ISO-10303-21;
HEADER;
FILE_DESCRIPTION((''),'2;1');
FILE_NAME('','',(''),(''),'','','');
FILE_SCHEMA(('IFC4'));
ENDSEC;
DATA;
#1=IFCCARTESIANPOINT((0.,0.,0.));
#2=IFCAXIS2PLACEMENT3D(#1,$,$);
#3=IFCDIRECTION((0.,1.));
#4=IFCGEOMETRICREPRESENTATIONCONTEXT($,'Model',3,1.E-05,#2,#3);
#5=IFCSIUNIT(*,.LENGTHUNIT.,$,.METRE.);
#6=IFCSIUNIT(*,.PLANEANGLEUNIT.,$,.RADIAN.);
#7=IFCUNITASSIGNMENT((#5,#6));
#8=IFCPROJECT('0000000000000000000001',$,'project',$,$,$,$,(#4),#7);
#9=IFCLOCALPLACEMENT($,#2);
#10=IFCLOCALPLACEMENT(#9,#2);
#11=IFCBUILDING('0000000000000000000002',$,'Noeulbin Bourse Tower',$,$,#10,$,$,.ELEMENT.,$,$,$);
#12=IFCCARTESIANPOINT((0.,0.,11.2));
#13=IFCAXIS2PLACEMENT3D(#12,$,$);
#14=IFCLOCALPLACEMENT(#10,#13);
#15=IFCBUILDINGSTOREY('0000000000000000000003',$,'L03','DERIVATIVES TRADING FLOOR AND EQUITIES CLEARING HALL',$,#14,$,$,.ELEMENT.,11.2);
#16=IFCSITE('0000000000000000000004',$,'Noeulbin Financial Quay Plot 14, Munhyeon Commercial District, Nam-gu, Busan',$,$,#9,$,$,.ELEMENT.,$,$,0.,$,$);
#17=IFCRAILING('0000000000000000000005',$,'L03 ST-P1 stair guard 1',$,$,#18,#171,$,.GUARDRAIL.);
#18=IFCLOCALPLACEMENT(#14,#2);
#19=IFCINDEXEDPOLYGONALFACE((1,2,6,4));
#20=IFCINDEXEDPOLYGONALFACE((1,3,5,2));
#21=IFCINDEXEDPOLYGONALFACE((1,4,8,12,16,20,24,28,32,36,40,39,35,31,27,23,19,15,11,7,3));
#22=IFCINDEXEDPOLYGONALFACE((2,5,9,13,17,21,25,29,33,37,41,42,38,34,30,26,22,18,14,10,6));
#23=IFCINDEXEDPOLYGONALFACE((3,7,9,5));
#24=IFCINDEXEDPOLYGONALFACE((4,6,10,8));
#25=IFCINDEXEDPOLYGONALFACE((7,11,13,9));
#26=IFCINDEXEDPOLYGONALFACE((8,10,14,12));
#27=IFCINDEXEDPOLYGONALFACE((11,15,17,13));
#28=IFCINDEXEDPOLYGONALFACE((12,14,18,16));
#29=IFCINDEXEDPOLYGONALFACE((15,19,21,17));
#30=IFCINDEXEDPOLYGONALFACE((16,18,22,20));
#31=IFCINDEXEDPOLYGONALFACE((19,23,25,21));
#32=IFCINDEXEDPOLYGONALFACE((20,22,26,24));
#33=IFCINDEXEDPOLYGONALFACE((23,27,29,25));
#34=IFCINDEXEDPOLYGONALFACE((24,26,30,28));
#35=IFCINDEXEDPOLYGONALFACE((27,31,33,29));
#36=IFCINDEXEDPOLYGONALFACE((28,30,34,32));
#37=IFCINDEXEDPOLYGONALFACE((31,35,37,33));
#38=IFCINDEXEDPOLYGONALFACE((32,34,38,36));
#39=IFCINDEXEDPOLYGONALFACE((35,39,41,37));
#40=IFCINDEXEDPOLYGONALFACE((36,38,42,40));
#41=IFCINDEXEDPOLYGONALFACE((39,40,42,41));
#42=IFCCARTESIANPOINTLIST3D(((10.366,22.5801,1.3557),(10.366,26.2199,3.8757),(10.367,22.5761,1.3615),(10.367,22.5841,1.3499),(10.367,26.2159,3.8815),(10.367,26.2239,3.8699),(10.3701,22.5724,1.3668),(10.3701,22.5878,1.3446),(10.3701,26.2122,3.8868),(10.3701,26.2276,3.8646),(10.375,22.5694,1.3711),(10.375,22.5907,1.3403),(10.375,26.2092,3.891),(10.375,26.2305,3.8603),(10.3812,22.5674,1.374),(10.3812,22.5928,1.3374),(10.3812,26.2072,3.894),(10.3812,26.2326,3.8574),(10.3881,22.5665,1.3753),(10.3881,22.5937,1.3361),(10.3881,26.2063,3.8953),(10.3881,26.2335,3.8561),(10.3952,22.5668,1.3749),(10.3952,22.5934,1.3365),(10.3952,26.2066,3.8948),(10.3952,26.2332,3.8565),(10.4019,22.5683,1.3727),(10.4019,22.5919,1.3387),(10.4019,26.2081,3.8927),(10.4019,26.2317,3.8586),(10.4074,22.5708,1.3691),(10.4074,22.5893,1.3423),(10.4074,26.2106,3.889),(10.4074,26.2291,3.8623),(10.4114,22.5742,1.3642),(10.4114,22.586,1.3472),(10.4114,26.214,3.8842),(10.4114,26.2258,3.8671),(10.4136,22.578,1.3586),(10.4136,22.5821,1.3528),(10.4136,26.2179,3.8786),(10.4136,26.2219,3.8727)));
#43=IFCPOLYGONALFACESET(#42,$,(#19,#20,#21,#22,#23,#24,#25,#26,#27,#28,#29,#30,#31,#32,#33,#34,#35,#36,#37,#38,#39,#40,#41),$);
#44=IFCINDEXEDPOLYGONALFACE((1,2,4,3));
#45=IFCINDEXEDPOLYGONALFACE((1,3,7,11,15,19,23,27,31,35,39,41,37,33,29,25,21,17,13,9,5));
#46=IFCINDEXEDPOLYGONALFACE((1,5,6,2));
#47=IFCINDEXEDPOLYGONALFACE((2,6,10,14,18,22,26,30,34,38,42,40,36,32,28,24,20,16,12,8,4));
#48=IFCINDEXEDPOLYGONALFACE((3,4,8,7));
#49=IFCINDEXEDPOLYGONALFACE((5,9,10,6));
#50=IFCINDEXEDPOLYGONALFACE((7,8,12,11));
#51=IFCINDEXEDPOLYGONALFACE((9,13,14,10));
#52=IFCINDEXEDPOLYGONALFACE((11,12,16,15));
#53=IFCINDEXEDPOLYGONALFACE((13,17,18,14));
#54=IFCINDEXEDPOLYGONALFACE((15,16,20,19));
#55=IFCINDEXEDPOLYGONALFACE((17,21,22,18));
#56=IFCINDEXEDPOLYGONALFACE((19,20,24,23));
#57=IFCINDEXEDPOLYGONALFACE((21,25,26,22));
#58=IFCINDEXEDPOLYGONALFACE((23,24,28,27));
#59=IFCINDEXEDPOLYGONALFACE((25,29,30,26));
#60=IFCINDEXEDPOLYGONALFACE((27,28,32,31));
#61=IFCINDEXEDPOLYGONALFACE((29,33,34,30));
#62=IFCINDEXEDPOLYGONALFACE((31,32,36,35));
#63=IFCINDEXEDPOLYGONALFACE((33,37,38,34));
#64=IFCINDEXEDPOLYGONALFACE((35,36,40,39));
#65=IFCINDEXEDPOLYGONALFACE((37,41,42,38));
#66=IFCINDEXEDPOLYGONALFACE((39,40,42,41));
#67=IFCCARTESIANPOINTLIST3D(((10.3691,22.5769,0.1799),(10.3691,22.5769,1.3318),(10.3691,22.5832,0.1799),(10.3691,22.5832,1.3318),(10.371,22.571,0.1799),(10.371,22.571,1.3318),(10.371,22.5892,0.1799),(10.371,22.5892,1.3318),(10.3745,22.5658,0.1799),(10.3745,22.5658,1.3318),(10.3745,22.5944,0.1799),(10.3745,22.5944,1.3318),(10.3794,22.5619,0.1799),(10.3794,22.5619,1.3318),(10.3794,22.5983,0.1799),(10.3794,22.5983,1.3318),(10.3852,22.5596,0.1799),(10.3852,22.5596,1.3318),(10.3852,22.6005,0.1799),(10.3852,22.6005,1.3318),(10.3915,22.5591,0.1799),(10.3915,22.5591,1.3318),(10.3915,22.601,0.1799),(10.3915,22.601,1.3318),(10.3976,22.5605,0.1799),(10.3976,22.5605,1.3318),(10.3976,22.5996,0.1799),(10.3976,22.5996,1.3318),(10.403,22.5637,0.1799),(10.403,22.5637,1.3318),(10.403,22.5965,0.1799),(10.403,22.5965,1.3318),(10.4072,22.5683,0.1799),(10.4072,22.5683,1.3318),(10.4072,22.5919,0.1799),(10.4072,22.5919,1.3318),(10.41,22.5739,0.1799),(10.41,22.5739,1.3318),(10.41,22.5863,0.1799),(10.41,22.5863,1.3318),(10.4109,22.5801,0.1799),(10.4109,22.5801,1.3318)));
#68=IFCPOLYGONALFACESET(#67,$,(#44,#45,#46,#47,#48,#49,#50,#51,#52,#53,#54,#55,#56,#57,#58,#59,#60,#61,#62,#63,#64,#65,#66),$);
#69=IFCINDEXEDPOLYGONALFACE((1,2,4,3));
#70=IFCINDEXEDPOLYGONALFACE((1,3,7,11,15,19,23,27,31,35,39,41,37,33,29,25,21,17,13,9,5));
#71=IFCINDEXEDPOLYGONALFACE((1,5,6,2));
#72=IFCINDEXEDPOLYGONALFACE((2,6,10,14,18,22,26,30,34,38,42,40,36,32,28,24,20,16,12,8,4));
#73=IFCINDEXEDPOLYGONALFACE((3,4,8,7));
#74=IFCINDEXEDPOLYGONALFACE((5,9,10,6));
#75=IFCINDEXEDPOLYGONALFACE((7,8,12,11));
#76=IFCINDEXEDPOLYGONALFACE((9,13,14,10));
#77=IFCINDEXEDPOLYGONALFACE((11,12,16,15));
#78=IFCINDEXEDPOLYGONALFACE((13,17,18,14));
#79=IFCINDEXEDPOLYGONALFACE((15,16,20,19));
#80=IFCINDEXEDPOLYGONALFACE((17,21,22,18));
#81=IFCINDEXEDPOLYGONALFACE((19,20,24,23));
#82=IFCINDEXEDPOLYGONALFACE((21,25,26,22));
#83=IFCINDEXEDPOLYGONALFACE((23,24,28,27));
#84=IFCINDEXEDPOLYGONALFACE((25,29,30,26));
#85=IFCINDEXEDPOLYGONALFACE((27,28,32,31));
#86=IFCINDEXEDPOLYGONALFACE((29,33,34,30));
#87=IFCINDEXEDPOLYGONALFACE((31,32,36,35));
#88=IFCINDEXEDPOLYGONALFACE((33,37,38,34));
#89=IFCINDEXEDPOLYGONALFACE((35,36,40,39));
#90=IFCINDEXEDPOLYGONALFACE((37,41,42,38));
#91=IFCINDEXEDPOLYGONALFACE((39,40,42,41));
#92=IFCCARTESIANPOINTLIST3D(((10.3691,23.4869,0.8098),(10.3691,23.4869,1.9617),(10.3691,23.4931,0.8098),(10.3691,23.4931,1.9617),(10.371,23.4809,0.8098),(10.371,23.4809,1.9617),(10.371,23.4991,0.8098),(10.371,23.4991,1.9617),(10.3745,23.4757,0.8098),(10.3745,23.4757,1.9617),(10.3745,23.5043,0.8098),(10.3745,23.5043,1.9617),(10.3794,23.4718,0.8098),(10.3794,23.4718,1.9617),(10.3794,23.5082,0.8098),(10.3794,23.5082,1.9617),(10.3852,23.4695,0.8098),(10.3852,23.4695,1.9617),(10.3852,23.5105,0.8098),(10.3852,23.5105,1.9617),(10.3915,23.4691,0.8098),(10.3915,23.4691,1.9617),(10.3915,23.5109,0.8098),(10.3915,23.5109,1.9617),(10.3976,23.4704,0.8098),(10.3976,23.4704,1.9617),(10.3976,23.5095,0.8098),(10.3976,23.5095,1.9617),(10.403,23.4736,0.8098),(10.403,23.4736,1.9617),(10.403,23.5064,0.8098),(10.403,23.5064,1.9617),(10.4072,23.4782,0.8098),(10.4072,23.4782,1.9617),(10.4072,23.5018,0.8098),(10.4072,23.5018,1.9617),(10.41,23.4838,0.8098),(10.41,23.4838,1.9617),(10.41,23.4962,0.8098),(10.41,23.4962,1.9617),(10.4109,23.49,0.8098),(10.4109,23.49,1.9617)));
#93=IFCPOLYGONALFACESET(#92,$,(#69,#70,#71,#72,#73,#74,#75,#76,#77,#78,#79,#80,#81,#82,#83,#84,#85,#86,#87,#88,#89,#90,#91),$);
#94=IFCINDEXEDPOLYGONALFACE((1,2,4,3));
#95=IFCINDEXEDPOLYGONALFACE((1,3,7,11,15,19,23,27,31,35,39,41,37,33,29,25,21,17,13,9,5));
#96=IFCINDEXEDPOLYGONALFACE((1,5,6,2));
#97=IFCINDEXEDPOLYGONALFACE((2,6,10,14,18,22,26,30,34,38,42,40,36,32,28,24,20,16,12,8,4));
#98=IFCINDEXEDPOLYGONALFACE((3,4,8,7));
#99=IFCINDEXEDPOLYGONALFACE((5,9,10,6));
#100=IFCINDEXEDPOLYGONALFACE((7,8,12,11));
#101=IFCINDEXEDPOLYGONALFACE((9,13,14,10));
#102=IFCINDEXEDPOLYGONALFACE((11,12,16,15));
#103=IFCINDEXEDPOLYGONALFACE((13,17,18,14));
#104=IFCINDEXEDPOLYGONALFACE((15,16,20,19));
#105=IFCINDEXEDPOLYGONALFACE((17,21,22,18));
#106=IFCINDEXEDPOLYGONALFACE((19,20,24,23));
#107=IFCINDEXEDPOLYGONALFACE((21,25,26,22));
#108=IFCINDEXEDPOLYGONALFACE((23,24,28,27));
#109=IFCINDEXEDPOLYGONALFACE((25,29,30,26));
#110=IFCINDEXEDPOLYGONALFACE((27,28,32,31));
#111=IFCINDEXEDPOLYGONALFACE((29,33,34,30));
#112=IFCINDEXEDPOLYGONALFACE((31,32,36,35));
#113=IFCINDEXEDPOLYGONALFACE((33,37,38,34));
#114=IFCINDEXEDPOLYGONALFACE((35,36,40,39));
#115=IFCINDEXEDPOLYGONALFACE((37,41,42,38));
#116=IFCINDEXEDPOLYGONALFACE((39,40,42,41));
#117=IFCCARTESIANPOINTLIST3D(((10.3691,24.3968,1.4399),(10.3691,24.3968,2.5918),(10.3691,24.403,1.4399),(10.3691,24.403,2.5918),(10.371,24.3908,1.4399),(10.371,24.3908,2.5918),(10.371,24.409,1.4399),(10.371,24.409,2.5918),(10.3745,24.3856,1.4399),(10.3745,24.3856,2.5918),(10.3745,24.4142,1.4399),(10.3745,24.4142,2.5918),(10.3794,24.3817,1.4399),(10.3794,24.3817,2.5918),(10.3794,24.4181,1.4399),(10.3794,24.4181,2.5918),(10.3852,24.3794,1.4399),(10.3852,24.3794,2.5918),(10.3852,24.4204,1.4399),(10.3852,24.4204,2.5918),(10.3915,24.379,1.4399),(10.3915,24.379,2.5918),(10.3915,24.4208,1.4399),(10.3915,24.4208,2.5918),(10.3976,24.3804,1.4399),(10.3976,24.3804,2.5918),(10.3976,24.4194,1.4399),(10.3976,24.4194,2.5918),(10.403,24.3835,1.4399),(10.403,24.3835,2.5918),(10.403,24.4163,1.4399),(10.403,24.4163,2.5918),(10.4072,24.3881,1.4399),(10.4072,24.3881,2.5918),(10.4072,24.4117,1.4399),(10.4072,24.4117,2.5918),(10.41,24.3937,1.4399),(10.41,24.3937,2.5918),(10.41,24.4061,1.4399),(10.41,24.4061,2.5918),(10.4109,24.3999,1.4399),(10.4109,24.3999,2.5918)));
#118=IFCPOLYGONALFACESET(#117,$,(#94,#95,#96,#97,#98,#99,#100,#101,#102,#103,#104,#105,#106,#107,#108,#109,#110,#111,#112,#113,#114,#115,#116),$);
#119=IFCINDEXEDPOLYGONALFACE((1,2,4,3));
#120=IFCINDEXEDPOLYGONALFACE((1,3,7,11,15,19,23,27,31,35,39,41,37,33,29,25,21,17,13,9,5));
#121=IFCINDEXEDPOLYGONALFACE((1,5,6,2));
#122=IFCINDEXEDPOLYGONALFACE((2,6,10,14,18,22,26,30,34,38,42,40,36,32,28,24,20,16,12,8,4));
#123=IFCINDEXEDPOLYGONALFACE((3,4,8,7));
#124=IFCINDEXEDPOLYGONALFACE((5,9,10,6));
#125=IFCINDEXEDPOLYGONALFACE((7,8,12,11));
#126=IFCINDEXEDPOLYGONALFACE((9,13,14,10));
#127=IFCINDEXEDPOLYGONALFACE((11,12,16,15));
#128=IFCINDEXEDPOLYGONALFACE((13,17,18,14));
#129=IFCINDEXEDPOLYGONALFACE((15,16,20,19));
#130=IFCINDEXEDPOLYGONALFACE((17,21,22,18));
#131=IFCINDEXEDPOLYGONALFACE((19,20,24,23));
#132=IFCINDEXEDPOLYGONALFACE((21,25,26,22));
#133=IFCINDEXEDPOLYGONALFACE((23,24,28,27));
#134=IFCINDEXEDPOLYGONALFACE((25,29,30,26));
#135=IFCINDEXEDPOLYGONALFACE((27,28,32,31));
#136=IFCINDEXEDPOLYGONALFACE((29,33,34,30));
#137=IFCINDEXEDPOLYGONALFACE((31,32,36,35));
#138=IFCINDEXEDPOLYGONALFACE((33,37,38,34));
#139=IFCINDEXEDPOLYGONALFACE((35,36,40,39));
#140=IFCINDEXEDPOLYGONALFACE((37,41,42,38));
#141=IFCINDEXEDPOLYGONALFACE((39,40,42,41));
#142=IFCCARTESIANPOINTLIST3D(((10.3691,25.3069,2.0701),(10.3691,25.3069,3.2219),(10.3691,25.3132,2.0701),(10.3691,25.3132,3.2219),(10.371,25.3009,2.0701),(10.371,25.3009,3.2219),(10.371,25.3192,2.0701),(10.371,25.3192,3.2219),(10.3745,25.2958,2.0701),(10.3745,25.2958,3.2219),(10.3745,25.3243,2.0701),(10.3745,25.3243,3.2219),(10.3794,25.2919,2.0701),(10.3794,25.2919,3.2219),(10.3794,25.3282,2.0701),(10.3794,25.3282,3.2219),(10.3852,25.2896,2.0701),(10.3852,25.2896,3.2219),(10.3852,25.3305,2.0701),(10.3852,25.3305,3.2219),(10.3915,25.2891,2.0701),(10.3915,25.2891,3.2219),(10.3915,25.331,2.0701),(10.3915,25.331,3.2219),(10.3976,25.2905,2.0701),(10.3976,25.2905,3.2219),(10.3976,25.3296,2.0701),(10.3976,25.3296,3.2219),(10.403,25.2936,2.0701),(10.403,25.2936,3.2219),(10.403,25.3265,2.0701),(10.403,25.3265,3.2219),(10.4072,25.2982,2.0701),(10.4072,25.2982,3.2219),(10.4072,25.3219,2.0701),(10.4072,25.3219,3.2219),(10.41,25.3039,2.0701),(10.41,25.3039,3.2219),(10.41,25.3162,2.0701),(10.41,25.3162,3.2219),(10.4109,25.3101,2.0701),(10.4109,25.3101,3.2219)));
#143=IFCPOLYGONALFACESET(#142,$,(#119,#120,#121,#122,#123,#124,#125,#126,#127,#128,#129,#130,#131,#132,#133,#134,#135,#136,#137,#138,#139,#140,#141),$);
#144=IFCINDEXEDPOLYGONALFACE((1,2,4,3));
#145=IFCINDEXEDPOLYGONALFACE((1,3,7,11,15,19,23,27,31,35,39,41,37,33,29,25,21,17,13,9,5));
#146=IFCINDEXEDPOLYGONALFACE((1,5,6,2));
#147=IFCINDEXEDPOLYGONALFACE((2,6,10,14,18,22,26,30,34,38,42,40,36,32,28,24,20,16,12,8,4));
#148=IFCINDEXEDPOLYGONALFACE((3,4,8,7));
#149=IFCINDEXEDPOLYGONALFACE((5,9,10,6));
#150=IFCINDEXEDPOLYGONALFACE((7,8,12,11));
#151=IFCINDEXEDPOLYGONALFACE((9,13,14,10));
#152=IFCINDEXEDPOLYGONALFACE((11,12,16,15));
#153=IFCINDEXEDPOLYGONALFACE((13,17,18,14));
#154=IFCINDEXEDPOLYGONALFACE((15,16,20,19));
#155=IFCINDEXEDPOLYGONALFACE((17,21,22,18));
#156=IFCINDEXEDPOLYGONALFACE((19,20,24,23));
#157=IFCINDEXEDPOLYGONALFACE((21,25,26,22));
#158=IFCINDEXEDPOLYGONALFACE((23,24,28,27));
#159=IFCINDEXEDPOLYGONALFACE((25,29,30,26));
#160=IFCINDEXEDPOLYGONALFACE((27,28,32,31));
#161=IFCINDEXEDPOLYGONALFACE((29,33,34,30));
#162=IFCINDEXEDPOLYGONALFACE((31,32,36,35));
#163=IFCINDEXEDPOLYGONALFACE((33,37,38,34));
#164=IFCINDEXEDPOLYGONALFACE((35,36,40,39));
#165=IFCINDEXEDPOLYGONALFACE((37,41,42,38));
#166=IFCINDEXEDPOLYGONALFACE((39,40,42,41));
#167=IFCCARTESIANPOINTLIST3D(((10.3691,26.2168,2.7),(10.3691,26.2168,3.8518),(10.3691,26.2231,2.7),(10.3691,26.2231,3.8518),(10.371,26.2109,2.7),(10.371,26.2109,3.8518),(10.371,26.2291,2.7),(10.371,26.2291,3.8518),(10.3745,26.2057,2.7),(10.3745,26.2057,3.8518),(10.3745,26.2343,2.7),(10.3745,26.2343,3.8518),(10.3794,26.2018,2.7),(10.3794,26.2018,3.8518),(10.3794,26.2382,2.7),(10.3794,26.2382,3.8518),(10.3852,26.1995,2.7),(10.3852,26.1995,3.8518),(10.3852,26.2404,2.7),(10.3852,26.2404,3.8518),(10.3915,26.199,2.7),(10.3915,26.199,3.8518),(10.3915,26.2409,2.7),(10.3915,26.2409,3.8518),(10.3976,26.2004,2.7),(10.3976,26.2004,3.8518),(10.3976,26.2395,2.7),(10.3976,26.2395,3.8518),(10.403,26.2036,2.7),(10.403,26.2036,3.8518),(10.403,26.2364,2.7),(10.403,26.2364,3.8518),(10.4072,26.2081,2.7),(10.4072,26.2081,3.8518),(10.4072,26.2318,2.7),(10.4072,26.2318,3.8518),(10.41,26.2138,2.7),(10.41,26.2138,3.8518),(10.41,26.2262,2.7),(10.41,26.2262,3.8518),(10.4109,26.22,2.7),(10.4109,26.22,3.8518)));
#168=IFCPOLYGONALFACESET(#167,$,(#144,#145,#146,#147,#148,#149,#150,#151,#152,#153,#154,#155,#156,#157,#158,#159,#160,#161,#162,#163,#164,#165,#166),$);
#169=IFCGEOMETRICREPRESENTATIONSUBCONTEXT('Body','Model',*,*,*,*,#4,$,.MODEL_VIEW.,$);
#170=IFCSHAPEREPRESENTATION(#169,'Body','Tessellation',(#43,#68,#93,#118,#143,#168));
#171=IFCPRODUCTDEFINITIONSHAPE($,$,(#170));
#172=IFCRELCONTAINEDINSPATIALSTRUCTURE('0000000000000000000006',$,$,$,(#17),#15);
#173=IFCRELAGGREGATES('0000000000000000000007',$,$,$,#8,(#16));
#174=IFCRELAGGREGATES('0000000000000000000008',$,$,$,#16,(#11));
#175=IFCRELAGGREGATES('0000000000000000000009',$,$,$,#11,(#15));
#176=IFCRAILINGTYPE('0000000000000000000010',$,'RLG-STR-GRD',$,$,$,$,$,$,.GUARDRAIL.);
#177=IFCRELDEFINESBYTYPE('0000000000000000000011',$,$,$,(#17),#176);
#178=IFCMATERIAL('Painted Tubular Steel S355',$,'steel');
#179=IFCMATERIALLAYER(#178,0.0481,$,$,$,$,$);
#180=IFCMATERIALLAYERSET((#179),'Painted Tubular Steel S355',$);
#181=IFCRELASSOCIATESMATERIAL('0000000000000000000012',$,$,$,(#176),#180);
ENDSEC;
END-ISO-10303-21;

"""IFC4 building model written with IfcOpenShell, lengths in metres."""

from ifc_helpers import new_model, si_unit, direction, frame, origin, origin_2d, place, context, subcontext, project, spatial, circle, extrude, material, layer, layer_set, type_object, element, save


model = new_model("IFC4")

# Units and contexts
model_context = context("Model", 3, precision=1e-05, world=origin(), true_north=direction((0.0, 1.0)))
body_context = subcontext(model_context, "Body", "Model", "MODEL_VIEW")
ifc_project = project(units=[si_unit("LENGTHUNIT", "METRE"), si_unit("PLANEANGLEUNIT", "RADIAN")], contexts=[model_context])

# Site, building, storey
site_placement = place(None, origin())
site = spatial("IfcSite", under=ifc_project, at=site_placement, Name="Noeulbin Financial Quay Plot 14, Munhyeon Commercial District, Nam-gu, Busan", CompositionType="ELEMENT", RefElevation=0.0)
building_placement = place(site_placement, origin())
building = spatial("IfcBuilding", under=site, at=building_placement, Name="Noeulbin Bourse Tower", CompositionType="ELEMENT")
storey_placement = place(building_placement, frame((0.0, 0.0, 11.2)))
storey = spatial("IfcBuildingStorey", under=building, at=storey_placement, Name="L03", Description="DERIVATIVES TRADING FLOOR AND EQUITIES CLEARING HALL", CompositionType="ELEMENT", Elevation=11.2)

# Railing
ifc_material_1 = material(Name="Painted Tubular Steel S355", Category="steel")
ifc_layer_1 = layer(ifc_material_1, 0.0481)
ifc_layer_set_1 = layer_set([ifc_layer_1], Name="Painted Tubular Steel S355")
railing_type_1 = type_object("IfcRailingType", Name="RLG-STR-GRD", PredefinedType="GUARDRAIL", material=ifc_layer_set_1)
railing_1_placement = place(storey_placement, frame((10.3899, 22.5801, 0.1799)))
element("IfcRailing", 1, at=railing_1_placement, inside=storey, type_object=railing_type_1, Name="L03 ST-P1 stair guard 1", PredefinedType="GUARDRAIL", context=body_context, shape_type="SweptSolid", body=[
    extrude(circle(Radius=0.0239, at=origin_2d()), frame((0.0, 0.0, 1.1758), z_axis=(0.0, 0.822182, 0.569224), x_axis=(-1.0, 0.0, 0.0)), (0.0, 0.0, 1.0), 4.427),
    extrude(circle(Radius=0.021, at=origin_2d()), origin(), (0.0, 0.0, 1.0), 1.1519),
    extrude(circle(Radius=0.021, at=origin_2d()), frame((0.0, 0.9099, 0.6299)), (0.0, 0.0, 1.0), 1.1519),
    extrude(circle(Radius=0.021, at=origin_2d()), frame((0.0, 1.8198, 1.26)), (0.0, 0.0, 1.0), 1.1519),
    extrude(circle(Radius=0.021, at=origin_2d()), frame((0.0, 2.73, 1.8901)), (0.0, 0.0, 1.0), 1.1519),
    extrude(circle(Radius=0.021, at=origin_2d()), frame((0.0, 3.6399, 2.52)), (0.0, 0.0, 1.0), 1.1519),
])

save(model, "model.ifc")
